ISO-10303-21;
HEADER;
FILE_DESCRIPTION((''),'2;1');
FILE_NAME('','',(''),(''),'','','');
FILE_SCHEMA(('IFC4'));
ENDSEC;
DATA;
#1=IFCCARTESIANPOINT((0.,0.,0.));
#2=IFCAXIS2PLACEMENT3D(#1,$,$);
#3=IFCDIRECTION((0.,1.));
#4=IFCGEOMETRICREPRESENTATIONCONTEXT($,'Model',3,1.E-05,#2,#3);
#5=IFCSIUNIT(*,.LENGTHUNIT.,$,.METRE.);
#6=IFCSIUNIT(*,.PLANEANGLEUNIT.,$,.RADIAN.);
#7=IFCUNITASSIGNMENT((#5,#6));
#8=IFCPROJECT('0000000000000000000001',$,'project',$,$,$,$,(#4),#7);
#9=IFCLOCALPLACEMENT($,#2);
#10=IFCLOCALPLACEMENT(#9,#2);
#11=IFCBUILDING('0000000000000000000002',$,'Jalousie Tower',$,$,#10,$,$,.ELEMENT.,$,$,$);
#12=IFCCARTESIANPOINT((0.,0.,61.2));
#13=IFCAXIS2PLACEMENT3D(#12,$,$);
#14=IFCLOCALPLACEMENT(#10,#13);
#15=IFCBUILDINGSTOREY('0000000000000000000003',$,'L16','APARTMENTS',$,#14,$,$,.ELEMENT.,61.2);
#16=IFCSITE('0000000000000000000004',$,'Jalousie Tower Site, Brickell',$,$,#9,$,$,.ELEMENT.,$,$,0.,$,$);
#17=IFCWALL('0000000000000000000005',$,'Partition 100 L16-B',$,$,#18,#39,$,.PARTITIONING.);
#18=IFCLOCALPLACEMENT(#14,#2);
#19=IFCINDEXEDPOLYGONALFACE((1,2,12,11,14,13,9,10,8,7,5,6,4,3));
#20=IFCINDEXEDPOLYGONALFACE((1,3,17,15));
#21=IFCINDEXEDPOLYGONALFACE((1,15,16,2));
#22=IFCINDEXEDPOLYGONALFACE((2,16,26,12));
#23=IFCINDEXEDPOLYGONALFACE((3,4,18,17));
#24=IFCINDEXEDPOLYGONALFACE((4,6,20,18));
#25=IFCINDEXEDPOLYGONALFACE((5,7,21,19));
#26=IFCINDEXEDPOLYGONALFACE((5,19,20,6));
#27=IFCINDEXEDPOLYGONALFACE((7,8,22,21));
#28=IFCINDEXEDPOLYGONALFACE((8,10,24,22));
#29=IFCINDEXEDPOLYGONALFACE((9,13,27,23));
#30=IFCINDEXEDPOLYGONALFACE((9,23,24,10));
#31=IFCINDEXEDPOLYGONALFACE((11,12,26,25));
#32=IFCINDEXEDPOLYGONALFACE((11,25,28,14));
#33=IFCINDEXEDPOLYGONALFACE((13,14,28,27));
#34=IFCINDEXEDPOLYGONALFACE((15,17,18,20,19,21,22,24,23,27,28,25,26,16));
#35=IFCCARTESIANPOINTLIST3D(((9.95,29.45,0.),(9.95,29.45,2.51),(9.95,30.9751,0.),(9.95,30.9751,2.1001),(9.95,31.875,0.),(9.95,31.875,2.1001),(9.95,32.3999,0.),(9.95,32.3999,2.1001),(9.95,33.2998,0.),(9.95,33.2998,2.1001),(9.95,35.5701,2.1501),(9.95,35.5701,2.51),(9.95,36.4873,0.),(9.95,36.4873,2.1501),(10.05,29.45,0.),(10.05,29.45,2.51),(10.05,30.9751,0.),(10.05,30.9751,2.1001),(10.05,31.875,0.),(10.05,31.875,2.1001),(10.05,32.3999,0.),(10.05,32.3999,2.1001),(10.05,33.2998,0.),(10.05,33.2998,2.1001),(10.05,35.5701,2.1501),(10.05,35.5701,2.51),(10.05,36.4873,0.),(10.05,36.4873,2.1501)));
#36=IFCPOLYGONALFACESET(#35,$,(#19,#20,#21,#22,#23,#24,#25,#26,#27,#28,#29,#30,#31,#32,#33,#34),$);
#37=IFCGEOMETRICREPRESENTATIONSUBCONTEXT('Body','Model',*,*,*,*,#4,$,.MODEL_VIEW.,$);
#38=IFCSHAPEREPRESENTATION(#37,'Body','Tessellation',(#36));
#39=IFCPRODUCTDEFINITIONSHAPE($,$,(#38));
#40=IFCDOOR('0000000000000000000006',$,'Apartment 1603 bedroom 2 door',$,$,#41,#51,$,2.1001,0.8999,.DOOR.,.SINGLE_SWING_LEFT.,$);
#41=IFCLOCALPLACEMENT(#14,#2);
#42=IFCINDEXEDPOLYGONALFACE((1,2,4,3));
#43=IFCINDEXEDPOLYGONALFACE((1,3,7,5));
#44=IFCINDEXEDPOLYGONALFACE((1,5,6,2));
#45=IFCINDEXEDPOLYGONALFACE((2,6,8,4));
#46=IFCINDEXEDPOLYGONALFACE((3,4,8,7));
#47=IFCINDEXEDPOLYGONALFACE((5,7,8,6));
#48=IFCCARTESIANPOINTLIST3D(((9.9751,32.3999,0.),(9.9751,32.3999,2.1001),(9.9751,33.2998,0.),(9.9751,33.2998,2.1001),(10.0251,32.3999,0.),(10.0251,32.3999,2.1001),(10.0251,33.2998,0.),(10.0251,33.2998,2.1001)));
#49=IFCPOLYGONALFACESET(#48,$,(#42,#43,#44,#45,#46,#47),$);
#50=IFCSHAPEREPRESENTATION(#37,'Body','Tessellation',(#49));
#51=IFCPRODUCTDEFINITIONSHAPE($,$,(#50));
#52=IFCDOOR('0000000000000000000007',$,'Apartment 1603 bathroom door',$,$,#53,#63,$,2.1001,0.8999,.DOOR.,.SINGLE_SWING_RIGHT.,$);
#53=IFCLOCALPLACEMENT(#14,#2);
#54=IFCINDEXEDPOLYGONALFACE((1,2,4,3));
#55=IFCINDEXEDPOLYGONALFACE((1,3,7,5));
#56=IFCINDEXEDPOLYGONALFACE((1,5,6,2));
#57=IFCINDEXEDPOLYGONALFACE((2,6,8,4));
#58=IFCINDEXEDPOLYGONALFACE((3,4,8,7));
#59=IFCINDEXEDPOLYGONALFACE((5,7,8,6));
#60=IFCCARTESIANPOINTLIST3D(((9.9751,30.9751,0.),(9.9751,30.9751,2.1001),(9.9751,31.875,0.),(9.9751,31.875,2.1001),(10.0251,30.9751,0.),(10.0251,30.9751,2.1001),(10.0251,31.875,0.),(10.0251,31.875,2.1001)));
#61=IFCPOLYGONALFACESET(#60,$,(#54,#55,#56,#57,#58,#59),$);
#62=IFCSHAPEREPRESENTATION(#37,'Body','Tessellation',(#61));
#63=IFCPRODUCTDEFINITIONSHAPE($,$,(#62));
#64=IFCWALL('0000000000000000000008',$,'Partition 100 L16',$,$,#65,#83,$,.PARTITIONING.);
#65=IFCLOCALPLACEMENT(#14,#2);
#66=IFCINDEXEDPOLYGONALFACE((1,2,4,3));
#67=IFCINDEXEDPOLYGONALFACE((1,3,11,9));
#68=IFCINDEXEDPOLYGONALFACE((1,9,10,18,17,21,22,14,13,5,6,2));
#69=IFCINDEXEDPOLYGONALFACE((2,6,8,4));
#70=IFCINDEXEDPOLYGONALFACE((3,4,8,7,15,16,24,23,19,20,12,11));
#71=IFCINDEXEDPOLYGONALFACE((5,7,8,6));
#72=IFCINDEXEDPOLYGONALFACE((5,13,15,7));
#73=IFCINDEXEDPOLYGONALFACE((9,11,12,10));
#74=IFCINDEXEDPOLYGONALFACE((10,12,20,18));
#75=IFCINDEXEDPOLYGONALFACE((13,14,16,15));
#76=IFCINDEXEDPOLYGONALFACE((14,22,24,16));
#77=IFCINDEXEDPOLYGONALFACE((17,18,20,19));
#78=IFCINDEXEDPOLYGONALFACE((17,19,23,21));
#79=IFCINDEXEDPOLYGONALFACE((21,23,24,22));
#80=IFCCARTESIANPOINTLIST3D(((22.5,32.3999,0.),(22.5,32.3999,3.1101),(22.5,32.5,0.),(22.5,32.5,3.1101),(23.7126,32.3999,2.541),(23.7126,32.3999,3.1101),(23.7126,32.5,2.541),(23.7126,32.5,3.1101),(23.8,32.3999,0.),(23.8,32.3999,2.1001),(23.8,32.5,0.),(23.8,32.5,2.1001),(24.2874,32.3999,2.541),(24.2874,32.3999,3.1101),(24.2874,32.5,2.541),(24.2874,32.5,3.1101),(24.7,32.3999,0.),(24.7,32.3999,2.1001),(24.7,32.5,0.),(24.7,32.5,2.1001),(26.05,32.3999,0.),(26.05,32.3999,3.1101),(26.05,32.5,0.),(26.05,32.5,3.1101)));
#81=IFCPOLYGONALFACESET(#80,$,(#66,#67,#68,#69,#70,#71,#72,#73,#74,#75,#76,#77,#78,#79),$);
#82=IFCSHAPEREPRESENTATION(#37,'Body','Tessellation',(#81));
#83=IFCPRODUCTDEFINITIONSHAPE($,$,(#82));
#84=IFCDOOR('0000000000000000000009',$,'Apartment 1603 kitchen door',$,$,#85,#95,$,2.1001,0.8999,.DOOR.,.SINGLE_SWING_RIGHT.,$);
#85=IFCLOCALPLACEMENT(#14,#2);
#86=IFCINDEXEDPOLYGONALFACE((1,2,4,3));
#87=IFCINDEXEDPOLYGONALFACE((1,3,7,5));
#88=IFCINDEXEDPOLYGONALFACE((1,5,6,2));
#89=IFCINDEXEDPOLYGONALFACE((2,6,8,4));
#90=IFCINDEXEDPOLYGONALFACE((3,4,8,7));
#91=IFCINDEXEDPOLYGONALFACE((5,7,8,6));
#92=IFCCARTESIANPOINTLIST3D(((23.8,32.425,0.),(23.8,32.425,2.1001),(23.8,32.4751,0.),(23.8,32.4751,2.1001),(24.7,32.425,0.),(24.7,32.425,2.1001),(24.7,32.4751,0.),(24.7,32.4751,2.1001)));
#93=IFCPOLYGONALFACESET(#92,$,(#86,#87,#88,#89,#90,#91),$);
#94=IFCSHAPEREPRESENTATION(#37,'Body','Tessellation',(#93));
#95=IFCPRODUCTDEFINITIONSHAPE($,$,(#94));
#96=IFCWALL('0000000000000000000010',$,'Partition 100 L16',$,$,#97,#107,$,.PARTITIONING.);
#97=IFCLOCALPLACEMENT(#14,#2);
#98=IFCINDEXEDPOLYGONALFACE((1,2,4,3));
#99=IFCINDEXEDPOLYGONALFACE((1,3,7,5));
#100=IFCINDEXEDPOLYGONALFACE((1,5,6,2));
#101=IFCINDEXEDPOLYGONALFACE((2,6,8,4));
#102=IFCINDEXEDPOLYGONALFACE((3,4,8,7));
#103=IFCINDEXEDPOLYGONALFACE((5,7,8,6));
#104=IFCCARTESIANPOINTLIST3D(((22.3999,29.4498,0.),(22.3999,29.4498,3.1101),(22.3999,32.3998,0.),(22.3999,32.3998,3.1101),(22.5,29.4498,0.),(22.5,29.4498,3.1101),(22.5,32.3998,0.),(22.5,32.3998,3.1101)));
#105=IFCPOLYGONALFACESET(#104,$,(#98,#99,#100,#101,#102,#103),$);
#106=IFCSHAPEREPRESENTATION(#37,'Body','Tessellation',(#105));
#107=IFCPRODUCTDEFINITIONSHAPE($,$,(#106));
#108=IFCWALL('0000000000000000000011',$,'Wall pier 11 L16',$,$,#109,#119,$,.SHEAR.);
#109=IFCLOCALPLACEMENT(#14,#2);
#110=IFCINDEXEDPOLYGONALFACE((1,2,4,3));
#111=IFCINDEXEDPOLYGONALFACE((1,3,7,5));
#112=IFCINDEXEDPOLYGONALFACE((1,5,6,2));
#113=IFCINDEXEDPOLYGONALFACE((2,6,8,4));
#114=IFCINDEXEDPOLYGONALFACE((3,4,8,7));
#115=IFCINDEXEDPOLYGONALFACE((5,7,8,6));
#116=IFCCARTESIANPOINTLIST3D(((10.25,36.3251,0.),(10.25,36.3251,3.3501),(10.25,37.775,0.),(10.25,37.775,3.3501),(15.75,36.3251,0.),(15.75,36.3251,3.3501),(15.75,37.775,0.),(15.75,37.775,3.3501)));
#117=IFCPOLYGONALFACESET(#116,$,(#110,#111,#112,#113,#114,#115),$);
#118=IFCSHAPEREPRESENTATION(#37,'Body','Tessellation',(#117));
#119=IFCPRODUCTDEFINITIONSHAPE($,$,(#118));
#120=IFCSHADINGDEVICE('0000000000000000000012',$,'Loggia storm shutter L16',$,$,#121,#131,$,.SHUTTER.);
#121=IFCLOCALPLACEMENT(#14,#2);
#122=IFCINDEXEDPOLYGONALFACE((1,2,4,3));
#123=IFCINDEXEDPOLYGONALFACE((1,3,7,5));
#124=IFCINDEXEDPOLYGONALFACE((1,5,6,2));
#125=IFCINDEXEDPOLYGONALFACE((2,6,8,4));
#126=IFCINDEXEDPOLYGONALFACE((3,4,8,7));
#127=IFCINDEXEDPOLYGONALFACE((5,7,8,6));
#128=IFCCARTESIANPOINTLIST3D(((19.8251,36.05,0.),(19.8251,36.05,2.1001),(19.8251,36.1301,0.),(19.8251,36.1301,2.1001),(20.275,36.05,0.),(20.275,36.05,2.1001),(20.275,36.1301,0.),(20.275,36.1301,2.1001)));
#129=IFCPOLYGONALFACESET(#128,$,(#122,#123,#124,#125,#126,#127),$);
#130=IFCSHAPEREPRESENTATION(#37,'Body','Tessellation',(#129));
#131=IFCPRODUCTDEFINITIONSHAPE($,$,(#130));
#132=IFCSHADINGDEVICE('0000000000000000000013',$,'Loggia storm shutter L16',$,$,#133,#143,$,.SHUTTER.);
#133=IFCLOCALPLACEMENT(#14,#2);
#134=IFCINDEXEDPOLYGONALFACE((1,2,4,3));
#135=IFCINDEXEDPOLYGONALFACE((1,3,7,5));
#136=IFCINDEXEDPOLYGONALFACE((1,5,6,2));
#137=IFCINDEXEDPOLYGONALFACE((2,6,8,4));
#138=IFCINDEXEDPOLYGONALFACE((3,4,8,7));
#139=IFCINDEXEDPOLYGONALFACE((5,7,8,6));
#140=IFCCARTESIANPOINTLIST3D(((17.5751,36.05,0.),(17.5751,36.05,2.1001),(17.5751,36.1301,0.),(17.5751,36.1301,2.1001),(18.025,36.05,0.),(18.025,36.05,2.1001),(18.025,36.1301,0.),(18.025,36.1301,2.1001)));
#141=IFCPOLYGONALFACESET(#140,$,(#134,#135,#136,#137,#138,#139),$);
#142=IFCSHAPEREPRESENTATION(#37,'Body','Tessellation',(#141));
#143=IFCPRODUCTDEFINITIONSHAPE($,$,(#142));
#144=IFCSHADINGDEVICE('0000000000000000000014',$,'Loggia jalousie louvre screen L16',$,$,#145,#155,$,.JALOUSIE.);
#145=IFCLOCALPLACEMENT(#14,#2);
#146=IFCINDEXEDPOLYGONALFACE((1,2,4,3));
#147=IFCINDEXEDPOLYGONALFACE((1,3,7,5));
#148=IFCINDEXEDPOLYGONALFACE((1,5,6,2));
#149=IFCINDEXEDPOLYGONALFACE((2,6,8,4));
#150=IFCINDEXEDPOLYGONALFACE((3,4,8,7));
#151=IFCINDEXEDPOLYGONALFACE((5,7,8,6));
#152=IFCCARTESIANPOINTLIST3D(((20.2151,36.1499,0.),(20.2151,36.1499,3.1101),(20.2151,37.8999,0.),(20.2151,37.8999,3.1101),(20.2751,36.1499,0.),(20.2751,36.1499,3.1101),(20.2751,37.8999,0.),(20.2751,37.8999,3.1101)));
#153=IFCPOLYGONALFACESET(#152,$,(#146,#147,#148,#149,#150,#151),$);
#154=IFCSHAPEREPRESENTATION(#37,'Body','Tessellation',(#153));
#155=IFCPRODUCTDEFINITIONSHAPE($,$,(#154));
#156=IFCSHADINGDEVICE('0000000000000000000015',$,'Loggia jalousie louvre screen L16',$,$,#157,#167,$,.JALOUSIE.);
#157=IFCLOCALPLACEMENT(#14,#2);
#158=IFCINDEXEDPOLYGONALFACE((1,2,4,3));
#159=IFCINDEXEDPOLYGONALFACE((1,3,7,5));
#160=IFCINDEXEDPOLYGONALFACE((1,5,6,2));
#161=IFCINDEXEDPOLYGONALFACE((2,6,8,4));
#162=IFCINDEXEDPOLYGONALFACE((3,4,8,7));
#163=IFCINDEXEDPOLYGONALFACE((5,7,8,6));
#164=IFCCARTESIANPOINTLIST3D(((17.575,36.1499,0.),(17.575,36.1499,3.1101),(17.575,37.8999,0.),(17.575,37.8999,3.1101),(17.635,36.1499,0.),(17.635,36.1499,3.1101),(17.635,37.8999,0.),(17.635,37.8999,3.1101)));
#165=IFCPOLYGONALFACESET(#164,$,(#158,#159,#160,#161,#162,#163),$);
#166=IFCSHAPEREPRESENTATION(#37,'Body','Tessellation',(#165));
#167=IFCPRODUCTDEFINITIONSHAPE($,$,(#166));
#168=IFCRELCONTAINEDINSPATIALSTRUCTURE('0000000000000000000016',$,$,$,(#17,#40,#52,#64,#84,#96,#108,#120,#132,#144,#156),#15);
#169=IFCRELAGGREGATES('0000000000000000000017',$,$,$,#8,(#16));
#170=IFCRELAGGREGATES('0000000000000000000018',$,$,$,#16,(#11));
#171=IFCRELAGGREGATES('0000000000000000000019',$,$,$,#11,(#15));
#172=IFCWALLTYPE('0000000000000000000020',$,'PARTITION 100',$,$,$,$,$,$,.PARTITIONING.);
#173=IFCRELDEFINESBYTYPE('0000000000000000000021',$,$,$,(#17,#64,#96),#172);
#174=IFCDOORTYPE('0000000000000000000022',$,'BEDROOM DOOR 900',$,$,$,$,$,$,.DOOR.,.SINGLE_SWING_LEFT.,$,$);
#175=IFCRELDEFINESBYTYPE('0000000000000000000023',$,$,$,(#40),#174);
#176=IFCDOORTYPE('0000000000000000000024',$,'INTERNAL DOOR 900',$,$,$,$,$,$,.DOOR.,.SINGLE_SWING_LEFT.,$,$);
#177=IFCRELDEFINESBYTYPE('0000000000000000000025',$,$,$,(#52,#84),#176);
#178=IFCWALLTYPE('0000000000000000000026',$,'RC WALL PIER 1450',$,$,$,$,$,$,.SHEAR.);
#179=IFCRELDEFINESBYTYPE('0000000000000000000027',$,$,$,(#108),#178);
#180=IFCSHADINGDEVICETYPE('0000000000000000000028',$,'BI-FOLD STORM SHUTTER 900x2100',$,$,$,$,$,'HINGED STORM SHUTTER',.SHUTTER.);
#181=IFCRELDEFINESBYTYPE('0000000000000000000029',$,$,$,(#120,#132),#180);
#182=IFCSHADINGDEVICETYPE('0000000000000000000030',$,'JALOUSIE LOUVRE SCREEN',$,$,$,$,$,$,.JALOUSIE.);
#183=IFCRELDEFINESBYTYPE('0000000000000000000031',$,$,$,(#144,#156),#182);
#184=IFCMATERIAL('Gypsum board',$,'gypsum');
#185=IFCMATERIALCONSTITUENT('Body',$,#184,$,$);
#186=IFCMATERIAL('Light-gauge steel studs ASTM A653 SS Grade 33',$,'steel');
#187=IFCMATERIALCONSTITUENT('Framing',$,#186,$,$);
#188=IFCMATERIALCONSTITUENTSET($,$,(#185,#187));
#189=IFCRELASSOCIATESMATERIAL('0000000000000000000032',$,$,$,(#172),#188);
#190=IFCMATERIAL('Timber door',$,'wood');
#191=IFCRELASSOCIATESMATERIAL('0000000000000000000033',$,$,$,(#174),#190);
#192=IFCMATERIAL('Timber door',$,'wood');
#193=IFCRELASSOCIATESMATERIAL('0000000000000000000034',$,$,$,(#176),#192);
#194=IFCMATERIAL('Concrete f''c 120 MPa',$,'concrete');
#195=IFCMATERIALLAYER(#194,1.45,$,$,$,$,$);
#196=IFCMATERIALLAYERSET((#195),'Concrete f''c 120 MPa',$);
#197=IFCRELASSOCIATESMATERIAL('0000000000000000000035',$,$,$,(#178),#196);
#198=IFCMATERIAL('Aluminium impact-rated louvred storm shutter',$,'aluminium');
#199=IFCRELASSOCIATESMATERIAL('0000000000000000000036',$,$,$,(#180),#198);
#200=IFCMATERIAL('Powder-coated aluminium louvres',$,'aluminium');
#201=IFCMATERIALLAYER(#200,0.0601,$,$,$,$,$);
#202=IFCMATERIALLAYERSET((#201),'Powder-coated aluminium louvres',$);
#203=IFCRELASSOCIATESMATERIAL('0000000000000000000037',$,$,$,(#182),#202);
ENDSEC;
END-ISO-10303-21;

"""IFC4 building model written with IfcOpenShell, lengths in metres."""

from ifc_helpers import new_model, si_unit, direction, frame, frame_2d, origin, origin_2d, place, context, subcontext, project, spatial, polyline, rectangle, outline, extrude, material, layer, layer_set, constituent, constituent_set, type_object, element, fill, save


model = new_model("IFC4")

# Units and contexts
model_context = context("Model", 3, precision=1e-05, world=origin(), true_north=direction((0.0, 1.0)))
body_context = subcontext(model_context, "Body", "Model", "MODEL_VIEW")
ifc_project = project(units=[si_unit("LENGTHUNIT", "METRE"), si_unit("PLANEANGLEUNIT", "RADIAN")], contexts=[model_context])

# Site, building, storey
site_placement = place(None, origin())
site = spatial("IfcSite", under=ifc_project, at=site_placement, Name="Jalousie Tower Site, Brickell", CompositionType="ELEMENT", RefElevation=0.0)
building_placement = place(site_placement, origin())
building = spatial("IfcBuilding", under=site, at=building_placement, Name="Jalousie Tower", CompositionType="ELEMENT")
storey_placement = place(building_placement, frame((0.0, 0.0, 61.2)))
storey = spatial("IfcBuildingStorey", under=building, at=storey_placement, Name="L16", Description="APARTMENTS", CompositionType="ELEMENT", Elevation=61.2)

# Wall, openings, doors
ifc_material_1 = material(Name="Gypsum board", Category="gypsum")
ifc_constituent_1 = constituent(ifc_material_1, Name="Body")
ifc_material_2 = material(Name="Light-gauge steel studs ASTM A653 SS Grade 33", Category="steel")
ifc_constituent_2 = constituent(ifc_material_2, Name="Framing")
ifc_constituent_set_1 = constituent_set(constituents=[ifc_constituent_1, ifc_constituent_2])
wall_type_1 = type_object("IfcWallType", Name="PARTITION 100", PredefinedType="PARTITIONING", material=ifc_constituent_set_1)
wall_1_placement = place(storey_placement, frame((10.0, 36.4873, 0.0), z_axis=(0.0, 0.0, 1.0), x_axis=(0.0, -1.0, 0.0)))
wall_1 = element("IfcWall", 1, at=wall_1_placement, inside=storey, type_object=wall_type_1, Name="Partition 100 L16-B", PredefinedType="PARTITIONING", context=body_context, shape_type="SweptSolid", body=[
    extrude(outline(polyline([(0.0, 0.0), (7.0374, 0.0), (7.0374, 2.51), (0.9172, 2.51), (0.9172, 2.1501), (0.0, 2.1501), (0.0, 0.0)])), frame((0.0, 0.05, 0.0), z_axis=(0.0, -1.0, 0.0), x_axis=(1.0, 0.0, 0.0)), (0.0, 0.0, 1.0), 0.1001),
])
opening_1_placement = place(wall_1_placement, frame((3.1875, 0.0, 0.0)))
opening_1 = element("IfcOpeningElement", 2, at=opening_1_placement, cuts=wall_1, PredefinedType="OPENING", context=body_context, shape_type="SweptSolid", body=[
    extrude(rectangle(XDim=0.8999, YDim=2.1001, at=frame_2d((0.45, 1.05))), frame((0.0, 0.0601, 0.0), z_axis=(0.0, -1.0, 0.0), x_axis=(1.0, 0.0, 0.0)), (0.0, 0.0, 1.0), 0.1201),
])
opening_2_placement = place(wall_1_placement, frame((4.6123, 0.0, 0.0)))
opening_2 = element("IfcOpeningElement", 3, at=opening_2_placement, cuts=wall_1, PredefinedType="OPENING", context=body_context, shape_type="SweptSolid", body=[
    extrude(rectangle(XDim=0.8999, YDim=2.1001, at=frame_2d((0.45, 1.05))), frame((0.0, 0.0601, 0.0), z_axis=(0.0, -1.0, 0.0), x_axis=(1.0, 0.0, 0.0)), (0.0, 0.0, 1.0), 0.1201),
])
ifc_material_3 = material(Name="Timber door", Category="wood")
door_type_1 = type_object("IfcDoorType", Name="BEDROOM DOOR 900", OperationType="SINGLE_SWING_LEFT", PredefinedType="DOOR", material=ifc_material_3)
door_1_placement = place(opening_1_placement, frame((0.8999, 0.0, 0.0), z_axis=(0.0, 0.0, 1.0), x_axis=(-1.0, 0.0, 0.0)))
door_1 = element("IfcDoor", 4, at=door_1_placement, inside=storey, type_object=door_type_1, Name="Apartment 1603 bedroom 2 door", OperationType="SINGLE_SWING_LEFT", OverallHeight=2.1001, OverallWidth=0.8999, PredefinedType="DOOR", context=body_context, shape_type="SweptSolid", body=[
    extrude(rectangle(XDim=0.8999, YDim=2.1001, at=frame_2d((0.45, 1.05))), frame((0.0, 0.0249, 0.0), z_axis=(0.0, -1.0, 0.0), x_axis=(1.0, 0.0, 0.0)), (0.0, 0.0, 1.0), 0.05),
])
fill(opening_1, door_1)
ifc_material_4 = material(Name="Timber door", Category="wood")
door_type_2 = type_object("IfcDoorType", Name="INTERNAL DOOR 900", OperationType="SINGLE_SWING_LEFT", PredefinedType="DOOR", material=ifc_material_4)
door_2_placement = place(opening_2_placement, frame((0.8999, 0.0, 0.0), z_axis=(0.0, 0.0, 1.0), x_axis=(-1.0, 0.0, 0.0)))
door_2 = element("IfcDoor", 5, at=door_2_placement, inside=storey, type_object=door_type_2, Name="Apartment 1603 bathroom door", OperationType="SINGLE_SWING_RIGHT", OverallHeight=2.1001, OverallWidth=0.8999, PredefinedType="DOOR", context=body_context, shape_type="SweptSolid", body=[
    extrude(rectangle(XDim=0.8999, YDim=2.1001, at=frame_2d((0.45, 1.05))), frame((0.0, 0.0249, 0.0), z_axis=(0.0, -1.0, 0.0), x_axis=(1.0, 0.0, 0.0)), (0.0, 0.0, 1.0), 0.05),
])
fill(opening_2, door_2)

# Wall, opening, door
wall_2_placement = place(storey_placement, frame((22.5, 32.45, 0.0), z_axis=(0.0, 0.0, 1.0), x_axis=(1.0, 0.0, 0.0)))
wall_2 = element("IfcWall", 6, at=wall_2_placement, inside=storey, type_object=wall_type_1, Name="Partition 100 L16", PredefinedType="PARTITIONING", context=body_context, shape_type="SweptSolid", body=[
    extrude(outline(polyline([(0.0, 0.0), (3.55, 0.0), (3.55, 3.1101), (1.7874, 3.1101), (1.7874, 2.541), (1.2126, 2.541), (1.2126, 3.1101), (0.0, 3.1101), (0.0, 0.0)])), frame((0.0, 0.05, 0.0), z_axis=(0.0, -1.0, 0.0), x_axis=(1.0, 0.0, 0.0)), (0.0, 0.0, 1.0), 0.1001),
])
opening_3_placement = place(wall_2_placement, frame((1.3, 0.0, 0.0)))
opening_3 = element("IfcOpeningElement", 7, at=opening_3_placement, cuts=wall_2, PredefinedType="OPENING", context=body_context, shape_type="SweptSolid", body=[
    extrude(rectangle(XDim=0.8999, YDim=2.1001, at=frame_2d((0.45, 1.05))), frame((0.0, 0.0601, 0.0), z_axis=(0.0, -1.0, 0.0), x_axis=(1.0, 0.0, 0.0)), (0.0, 0.0, 1.0), 0.1201),
])
door_3_placement = place(opening_3_placement, frame((0.8999, 0.0, 0.0), z_axis=(0.0, 0.0, 1.0), x_axis=(-1.0, 0.0, 0.0)))
door_3 = element("IfcDoor", 8, at=door_3_placement, inside=storey, type_object=door_type_2, Name="Apartment 1603 kitchen door", OperationType="SINGLE_SWING_RIGHT", OverallHeight=2.1001, OverallWidth=0.8999, PredefinedType="DOOR", context=body_context, shape_type="SweptSolid", body=[
    extrude(rectangle(XDim=0.8999, YDim=2.1001, at=frame_2d((0.45, 1.05))), frame((0.0, 0.0249, 0.0), z_axis=(0.0, -1.0, 0.0), x_axis=(1.0, 0.0, 0.0)), (0.0, 0.0, 1.0), 0.05),
])
fill(opening_3, door_3)

# Walls
wall_3_placement = place(storey_placement, frame((22.45, 32.3999, 0.0), z_axis=(0.0, 0.0, 1.0), x_axis=(0.0, -1.0, 0.0)))
element("IfcWall", 9, at=wall_3_placement, inside=storey, type_object=wall_type_1, Name="Partition 100 L16", PredefinedType="PARTITIONING", context=body_context, shape_type="SweptSolid", body=[
    extrude(rectangle(XDim=2.95, YDim=0.1001, at=frame_2d((1.4751, 0.0))), origin(), (0.0, 0.0, 1.0), 3.1101),
])
ifc_material_5 = material(Name="Concrete f'c 120 MPa", Category="concrete")
ifc_layer_1 = layer(ifc_material_5, 1.45)
ifc_layer_set_1 = layer_set([ifc_layer_1], Name="Concrete f'c 120 MPa")
wall_type_2 = type_object("IfcWallType", Name="RC WALL PIER 1450", PredefinedType="SHEAR", material=ifc_layer_set_1)
wall_4_placement = place(storey_placement, frame((10.25, 37.05, 0.0), z_axis=(0.0, 0.0, 1.0), x_axis=(1.0, 0.0, 0.0)))
element("IfcWall", 10, at=wall_4_placement, inside=storey, type_object=wall_type_2, Name="Wall pier 11 L16", PredefinedType="SHEAR", context=body_context, shape_type="SweptSolid", body=[
    extrude(rectangle(XDim=5.5, YDim=1.45, at=frame_2d((2.75, 0.0))), origin(), (0.0, 0.0, 1.0), 3.3501),
])

# Shading devices
ifc_material_6 = material(Name="Aluminium impact-rated louvred storm shutter", Category="aluminium")
shading_device_type_1 = type_object("IfcShadingDeviceType", Name="BI-FOLD STORM SHUTTER 900x2100", ElementType="HINGED STORM SHUTTER", PredefinedType="SHUTTER", material=ifc_material_6)
for number, where, z_axis, x_axis, name in (
    (11, (20.05, 36.0901, 0.0), (0.0, 0.0, 1.0), (-1.0, 0.0, 0.0), "Loggia storm shutter L16"),
    (12, (17.8, 36.0901, 0.0), (0.0, 0.0, 1.0), (-1.0, 0.0, 0.0), "Loggia storm shutter L16"),
):
    element("IfcShadingDevice", number, at=place(storey_placement, frame(where, z_axis=z_axis, x_axis=x_axis)), inside=storey, type_object=shading_device_type_1, Name=name, PredefinedType="SHUTTER", context=body_context, shape_type="SweptSolid", body=[
        extrude(rectangle(XDim=0.45, YDim=0.0801, at=origin_2d()), origin(), (0.0, 0.0, 1.0), 2.1001),
    ])
ifc_material_7 = material(Name="Powder-coated aluminium louvres", Category="aluminium")
ifc_layer_2 = layer(ifc_material_7, 0.0601)
ifc_layer_set_2 = layer_set([ifc_layer_2], Name="Powder-coated aluminium louvres")
shading_device_type_2 = type_object("IfcShadingDeviceType", Name="JALOUSIE LOUVRE SCREEN", PredefinedType="JALOUSIE", material=ifc_layer_set_2)
for number, where, z_axis, x_axis, name in (
    (13, (20.2451, 37.0249, 0.0), (0.0, 0.0, 1.0), (-1.0, 0.0, 0.0), "Loggia jalousie louvre screen L16"),
    (14, (17.605, 37.0249, 0.0), (0.0, 0.0, 1.0), (-1.0, 0.0, 0.0), "Loggia jalousie louvre screen L16"),
):
    element("IfcShadingDevice", number, at=place(storey_placement, frame(where, z_axis=z_axis, x_axis=x_axis)), inside=storey, type_object=shading_device_type_2, Name=name, PredefinedType="JALOUSIE", context=body_context, shape_type="SweptSolid", body=[
        extrude(rectangle(XDim=0.0601, YDim=1.75, at=origin_2d()), origin(), (0.0, 0.0, 1.0), 3.1101),
    ])

save(model, "model.ifc")
